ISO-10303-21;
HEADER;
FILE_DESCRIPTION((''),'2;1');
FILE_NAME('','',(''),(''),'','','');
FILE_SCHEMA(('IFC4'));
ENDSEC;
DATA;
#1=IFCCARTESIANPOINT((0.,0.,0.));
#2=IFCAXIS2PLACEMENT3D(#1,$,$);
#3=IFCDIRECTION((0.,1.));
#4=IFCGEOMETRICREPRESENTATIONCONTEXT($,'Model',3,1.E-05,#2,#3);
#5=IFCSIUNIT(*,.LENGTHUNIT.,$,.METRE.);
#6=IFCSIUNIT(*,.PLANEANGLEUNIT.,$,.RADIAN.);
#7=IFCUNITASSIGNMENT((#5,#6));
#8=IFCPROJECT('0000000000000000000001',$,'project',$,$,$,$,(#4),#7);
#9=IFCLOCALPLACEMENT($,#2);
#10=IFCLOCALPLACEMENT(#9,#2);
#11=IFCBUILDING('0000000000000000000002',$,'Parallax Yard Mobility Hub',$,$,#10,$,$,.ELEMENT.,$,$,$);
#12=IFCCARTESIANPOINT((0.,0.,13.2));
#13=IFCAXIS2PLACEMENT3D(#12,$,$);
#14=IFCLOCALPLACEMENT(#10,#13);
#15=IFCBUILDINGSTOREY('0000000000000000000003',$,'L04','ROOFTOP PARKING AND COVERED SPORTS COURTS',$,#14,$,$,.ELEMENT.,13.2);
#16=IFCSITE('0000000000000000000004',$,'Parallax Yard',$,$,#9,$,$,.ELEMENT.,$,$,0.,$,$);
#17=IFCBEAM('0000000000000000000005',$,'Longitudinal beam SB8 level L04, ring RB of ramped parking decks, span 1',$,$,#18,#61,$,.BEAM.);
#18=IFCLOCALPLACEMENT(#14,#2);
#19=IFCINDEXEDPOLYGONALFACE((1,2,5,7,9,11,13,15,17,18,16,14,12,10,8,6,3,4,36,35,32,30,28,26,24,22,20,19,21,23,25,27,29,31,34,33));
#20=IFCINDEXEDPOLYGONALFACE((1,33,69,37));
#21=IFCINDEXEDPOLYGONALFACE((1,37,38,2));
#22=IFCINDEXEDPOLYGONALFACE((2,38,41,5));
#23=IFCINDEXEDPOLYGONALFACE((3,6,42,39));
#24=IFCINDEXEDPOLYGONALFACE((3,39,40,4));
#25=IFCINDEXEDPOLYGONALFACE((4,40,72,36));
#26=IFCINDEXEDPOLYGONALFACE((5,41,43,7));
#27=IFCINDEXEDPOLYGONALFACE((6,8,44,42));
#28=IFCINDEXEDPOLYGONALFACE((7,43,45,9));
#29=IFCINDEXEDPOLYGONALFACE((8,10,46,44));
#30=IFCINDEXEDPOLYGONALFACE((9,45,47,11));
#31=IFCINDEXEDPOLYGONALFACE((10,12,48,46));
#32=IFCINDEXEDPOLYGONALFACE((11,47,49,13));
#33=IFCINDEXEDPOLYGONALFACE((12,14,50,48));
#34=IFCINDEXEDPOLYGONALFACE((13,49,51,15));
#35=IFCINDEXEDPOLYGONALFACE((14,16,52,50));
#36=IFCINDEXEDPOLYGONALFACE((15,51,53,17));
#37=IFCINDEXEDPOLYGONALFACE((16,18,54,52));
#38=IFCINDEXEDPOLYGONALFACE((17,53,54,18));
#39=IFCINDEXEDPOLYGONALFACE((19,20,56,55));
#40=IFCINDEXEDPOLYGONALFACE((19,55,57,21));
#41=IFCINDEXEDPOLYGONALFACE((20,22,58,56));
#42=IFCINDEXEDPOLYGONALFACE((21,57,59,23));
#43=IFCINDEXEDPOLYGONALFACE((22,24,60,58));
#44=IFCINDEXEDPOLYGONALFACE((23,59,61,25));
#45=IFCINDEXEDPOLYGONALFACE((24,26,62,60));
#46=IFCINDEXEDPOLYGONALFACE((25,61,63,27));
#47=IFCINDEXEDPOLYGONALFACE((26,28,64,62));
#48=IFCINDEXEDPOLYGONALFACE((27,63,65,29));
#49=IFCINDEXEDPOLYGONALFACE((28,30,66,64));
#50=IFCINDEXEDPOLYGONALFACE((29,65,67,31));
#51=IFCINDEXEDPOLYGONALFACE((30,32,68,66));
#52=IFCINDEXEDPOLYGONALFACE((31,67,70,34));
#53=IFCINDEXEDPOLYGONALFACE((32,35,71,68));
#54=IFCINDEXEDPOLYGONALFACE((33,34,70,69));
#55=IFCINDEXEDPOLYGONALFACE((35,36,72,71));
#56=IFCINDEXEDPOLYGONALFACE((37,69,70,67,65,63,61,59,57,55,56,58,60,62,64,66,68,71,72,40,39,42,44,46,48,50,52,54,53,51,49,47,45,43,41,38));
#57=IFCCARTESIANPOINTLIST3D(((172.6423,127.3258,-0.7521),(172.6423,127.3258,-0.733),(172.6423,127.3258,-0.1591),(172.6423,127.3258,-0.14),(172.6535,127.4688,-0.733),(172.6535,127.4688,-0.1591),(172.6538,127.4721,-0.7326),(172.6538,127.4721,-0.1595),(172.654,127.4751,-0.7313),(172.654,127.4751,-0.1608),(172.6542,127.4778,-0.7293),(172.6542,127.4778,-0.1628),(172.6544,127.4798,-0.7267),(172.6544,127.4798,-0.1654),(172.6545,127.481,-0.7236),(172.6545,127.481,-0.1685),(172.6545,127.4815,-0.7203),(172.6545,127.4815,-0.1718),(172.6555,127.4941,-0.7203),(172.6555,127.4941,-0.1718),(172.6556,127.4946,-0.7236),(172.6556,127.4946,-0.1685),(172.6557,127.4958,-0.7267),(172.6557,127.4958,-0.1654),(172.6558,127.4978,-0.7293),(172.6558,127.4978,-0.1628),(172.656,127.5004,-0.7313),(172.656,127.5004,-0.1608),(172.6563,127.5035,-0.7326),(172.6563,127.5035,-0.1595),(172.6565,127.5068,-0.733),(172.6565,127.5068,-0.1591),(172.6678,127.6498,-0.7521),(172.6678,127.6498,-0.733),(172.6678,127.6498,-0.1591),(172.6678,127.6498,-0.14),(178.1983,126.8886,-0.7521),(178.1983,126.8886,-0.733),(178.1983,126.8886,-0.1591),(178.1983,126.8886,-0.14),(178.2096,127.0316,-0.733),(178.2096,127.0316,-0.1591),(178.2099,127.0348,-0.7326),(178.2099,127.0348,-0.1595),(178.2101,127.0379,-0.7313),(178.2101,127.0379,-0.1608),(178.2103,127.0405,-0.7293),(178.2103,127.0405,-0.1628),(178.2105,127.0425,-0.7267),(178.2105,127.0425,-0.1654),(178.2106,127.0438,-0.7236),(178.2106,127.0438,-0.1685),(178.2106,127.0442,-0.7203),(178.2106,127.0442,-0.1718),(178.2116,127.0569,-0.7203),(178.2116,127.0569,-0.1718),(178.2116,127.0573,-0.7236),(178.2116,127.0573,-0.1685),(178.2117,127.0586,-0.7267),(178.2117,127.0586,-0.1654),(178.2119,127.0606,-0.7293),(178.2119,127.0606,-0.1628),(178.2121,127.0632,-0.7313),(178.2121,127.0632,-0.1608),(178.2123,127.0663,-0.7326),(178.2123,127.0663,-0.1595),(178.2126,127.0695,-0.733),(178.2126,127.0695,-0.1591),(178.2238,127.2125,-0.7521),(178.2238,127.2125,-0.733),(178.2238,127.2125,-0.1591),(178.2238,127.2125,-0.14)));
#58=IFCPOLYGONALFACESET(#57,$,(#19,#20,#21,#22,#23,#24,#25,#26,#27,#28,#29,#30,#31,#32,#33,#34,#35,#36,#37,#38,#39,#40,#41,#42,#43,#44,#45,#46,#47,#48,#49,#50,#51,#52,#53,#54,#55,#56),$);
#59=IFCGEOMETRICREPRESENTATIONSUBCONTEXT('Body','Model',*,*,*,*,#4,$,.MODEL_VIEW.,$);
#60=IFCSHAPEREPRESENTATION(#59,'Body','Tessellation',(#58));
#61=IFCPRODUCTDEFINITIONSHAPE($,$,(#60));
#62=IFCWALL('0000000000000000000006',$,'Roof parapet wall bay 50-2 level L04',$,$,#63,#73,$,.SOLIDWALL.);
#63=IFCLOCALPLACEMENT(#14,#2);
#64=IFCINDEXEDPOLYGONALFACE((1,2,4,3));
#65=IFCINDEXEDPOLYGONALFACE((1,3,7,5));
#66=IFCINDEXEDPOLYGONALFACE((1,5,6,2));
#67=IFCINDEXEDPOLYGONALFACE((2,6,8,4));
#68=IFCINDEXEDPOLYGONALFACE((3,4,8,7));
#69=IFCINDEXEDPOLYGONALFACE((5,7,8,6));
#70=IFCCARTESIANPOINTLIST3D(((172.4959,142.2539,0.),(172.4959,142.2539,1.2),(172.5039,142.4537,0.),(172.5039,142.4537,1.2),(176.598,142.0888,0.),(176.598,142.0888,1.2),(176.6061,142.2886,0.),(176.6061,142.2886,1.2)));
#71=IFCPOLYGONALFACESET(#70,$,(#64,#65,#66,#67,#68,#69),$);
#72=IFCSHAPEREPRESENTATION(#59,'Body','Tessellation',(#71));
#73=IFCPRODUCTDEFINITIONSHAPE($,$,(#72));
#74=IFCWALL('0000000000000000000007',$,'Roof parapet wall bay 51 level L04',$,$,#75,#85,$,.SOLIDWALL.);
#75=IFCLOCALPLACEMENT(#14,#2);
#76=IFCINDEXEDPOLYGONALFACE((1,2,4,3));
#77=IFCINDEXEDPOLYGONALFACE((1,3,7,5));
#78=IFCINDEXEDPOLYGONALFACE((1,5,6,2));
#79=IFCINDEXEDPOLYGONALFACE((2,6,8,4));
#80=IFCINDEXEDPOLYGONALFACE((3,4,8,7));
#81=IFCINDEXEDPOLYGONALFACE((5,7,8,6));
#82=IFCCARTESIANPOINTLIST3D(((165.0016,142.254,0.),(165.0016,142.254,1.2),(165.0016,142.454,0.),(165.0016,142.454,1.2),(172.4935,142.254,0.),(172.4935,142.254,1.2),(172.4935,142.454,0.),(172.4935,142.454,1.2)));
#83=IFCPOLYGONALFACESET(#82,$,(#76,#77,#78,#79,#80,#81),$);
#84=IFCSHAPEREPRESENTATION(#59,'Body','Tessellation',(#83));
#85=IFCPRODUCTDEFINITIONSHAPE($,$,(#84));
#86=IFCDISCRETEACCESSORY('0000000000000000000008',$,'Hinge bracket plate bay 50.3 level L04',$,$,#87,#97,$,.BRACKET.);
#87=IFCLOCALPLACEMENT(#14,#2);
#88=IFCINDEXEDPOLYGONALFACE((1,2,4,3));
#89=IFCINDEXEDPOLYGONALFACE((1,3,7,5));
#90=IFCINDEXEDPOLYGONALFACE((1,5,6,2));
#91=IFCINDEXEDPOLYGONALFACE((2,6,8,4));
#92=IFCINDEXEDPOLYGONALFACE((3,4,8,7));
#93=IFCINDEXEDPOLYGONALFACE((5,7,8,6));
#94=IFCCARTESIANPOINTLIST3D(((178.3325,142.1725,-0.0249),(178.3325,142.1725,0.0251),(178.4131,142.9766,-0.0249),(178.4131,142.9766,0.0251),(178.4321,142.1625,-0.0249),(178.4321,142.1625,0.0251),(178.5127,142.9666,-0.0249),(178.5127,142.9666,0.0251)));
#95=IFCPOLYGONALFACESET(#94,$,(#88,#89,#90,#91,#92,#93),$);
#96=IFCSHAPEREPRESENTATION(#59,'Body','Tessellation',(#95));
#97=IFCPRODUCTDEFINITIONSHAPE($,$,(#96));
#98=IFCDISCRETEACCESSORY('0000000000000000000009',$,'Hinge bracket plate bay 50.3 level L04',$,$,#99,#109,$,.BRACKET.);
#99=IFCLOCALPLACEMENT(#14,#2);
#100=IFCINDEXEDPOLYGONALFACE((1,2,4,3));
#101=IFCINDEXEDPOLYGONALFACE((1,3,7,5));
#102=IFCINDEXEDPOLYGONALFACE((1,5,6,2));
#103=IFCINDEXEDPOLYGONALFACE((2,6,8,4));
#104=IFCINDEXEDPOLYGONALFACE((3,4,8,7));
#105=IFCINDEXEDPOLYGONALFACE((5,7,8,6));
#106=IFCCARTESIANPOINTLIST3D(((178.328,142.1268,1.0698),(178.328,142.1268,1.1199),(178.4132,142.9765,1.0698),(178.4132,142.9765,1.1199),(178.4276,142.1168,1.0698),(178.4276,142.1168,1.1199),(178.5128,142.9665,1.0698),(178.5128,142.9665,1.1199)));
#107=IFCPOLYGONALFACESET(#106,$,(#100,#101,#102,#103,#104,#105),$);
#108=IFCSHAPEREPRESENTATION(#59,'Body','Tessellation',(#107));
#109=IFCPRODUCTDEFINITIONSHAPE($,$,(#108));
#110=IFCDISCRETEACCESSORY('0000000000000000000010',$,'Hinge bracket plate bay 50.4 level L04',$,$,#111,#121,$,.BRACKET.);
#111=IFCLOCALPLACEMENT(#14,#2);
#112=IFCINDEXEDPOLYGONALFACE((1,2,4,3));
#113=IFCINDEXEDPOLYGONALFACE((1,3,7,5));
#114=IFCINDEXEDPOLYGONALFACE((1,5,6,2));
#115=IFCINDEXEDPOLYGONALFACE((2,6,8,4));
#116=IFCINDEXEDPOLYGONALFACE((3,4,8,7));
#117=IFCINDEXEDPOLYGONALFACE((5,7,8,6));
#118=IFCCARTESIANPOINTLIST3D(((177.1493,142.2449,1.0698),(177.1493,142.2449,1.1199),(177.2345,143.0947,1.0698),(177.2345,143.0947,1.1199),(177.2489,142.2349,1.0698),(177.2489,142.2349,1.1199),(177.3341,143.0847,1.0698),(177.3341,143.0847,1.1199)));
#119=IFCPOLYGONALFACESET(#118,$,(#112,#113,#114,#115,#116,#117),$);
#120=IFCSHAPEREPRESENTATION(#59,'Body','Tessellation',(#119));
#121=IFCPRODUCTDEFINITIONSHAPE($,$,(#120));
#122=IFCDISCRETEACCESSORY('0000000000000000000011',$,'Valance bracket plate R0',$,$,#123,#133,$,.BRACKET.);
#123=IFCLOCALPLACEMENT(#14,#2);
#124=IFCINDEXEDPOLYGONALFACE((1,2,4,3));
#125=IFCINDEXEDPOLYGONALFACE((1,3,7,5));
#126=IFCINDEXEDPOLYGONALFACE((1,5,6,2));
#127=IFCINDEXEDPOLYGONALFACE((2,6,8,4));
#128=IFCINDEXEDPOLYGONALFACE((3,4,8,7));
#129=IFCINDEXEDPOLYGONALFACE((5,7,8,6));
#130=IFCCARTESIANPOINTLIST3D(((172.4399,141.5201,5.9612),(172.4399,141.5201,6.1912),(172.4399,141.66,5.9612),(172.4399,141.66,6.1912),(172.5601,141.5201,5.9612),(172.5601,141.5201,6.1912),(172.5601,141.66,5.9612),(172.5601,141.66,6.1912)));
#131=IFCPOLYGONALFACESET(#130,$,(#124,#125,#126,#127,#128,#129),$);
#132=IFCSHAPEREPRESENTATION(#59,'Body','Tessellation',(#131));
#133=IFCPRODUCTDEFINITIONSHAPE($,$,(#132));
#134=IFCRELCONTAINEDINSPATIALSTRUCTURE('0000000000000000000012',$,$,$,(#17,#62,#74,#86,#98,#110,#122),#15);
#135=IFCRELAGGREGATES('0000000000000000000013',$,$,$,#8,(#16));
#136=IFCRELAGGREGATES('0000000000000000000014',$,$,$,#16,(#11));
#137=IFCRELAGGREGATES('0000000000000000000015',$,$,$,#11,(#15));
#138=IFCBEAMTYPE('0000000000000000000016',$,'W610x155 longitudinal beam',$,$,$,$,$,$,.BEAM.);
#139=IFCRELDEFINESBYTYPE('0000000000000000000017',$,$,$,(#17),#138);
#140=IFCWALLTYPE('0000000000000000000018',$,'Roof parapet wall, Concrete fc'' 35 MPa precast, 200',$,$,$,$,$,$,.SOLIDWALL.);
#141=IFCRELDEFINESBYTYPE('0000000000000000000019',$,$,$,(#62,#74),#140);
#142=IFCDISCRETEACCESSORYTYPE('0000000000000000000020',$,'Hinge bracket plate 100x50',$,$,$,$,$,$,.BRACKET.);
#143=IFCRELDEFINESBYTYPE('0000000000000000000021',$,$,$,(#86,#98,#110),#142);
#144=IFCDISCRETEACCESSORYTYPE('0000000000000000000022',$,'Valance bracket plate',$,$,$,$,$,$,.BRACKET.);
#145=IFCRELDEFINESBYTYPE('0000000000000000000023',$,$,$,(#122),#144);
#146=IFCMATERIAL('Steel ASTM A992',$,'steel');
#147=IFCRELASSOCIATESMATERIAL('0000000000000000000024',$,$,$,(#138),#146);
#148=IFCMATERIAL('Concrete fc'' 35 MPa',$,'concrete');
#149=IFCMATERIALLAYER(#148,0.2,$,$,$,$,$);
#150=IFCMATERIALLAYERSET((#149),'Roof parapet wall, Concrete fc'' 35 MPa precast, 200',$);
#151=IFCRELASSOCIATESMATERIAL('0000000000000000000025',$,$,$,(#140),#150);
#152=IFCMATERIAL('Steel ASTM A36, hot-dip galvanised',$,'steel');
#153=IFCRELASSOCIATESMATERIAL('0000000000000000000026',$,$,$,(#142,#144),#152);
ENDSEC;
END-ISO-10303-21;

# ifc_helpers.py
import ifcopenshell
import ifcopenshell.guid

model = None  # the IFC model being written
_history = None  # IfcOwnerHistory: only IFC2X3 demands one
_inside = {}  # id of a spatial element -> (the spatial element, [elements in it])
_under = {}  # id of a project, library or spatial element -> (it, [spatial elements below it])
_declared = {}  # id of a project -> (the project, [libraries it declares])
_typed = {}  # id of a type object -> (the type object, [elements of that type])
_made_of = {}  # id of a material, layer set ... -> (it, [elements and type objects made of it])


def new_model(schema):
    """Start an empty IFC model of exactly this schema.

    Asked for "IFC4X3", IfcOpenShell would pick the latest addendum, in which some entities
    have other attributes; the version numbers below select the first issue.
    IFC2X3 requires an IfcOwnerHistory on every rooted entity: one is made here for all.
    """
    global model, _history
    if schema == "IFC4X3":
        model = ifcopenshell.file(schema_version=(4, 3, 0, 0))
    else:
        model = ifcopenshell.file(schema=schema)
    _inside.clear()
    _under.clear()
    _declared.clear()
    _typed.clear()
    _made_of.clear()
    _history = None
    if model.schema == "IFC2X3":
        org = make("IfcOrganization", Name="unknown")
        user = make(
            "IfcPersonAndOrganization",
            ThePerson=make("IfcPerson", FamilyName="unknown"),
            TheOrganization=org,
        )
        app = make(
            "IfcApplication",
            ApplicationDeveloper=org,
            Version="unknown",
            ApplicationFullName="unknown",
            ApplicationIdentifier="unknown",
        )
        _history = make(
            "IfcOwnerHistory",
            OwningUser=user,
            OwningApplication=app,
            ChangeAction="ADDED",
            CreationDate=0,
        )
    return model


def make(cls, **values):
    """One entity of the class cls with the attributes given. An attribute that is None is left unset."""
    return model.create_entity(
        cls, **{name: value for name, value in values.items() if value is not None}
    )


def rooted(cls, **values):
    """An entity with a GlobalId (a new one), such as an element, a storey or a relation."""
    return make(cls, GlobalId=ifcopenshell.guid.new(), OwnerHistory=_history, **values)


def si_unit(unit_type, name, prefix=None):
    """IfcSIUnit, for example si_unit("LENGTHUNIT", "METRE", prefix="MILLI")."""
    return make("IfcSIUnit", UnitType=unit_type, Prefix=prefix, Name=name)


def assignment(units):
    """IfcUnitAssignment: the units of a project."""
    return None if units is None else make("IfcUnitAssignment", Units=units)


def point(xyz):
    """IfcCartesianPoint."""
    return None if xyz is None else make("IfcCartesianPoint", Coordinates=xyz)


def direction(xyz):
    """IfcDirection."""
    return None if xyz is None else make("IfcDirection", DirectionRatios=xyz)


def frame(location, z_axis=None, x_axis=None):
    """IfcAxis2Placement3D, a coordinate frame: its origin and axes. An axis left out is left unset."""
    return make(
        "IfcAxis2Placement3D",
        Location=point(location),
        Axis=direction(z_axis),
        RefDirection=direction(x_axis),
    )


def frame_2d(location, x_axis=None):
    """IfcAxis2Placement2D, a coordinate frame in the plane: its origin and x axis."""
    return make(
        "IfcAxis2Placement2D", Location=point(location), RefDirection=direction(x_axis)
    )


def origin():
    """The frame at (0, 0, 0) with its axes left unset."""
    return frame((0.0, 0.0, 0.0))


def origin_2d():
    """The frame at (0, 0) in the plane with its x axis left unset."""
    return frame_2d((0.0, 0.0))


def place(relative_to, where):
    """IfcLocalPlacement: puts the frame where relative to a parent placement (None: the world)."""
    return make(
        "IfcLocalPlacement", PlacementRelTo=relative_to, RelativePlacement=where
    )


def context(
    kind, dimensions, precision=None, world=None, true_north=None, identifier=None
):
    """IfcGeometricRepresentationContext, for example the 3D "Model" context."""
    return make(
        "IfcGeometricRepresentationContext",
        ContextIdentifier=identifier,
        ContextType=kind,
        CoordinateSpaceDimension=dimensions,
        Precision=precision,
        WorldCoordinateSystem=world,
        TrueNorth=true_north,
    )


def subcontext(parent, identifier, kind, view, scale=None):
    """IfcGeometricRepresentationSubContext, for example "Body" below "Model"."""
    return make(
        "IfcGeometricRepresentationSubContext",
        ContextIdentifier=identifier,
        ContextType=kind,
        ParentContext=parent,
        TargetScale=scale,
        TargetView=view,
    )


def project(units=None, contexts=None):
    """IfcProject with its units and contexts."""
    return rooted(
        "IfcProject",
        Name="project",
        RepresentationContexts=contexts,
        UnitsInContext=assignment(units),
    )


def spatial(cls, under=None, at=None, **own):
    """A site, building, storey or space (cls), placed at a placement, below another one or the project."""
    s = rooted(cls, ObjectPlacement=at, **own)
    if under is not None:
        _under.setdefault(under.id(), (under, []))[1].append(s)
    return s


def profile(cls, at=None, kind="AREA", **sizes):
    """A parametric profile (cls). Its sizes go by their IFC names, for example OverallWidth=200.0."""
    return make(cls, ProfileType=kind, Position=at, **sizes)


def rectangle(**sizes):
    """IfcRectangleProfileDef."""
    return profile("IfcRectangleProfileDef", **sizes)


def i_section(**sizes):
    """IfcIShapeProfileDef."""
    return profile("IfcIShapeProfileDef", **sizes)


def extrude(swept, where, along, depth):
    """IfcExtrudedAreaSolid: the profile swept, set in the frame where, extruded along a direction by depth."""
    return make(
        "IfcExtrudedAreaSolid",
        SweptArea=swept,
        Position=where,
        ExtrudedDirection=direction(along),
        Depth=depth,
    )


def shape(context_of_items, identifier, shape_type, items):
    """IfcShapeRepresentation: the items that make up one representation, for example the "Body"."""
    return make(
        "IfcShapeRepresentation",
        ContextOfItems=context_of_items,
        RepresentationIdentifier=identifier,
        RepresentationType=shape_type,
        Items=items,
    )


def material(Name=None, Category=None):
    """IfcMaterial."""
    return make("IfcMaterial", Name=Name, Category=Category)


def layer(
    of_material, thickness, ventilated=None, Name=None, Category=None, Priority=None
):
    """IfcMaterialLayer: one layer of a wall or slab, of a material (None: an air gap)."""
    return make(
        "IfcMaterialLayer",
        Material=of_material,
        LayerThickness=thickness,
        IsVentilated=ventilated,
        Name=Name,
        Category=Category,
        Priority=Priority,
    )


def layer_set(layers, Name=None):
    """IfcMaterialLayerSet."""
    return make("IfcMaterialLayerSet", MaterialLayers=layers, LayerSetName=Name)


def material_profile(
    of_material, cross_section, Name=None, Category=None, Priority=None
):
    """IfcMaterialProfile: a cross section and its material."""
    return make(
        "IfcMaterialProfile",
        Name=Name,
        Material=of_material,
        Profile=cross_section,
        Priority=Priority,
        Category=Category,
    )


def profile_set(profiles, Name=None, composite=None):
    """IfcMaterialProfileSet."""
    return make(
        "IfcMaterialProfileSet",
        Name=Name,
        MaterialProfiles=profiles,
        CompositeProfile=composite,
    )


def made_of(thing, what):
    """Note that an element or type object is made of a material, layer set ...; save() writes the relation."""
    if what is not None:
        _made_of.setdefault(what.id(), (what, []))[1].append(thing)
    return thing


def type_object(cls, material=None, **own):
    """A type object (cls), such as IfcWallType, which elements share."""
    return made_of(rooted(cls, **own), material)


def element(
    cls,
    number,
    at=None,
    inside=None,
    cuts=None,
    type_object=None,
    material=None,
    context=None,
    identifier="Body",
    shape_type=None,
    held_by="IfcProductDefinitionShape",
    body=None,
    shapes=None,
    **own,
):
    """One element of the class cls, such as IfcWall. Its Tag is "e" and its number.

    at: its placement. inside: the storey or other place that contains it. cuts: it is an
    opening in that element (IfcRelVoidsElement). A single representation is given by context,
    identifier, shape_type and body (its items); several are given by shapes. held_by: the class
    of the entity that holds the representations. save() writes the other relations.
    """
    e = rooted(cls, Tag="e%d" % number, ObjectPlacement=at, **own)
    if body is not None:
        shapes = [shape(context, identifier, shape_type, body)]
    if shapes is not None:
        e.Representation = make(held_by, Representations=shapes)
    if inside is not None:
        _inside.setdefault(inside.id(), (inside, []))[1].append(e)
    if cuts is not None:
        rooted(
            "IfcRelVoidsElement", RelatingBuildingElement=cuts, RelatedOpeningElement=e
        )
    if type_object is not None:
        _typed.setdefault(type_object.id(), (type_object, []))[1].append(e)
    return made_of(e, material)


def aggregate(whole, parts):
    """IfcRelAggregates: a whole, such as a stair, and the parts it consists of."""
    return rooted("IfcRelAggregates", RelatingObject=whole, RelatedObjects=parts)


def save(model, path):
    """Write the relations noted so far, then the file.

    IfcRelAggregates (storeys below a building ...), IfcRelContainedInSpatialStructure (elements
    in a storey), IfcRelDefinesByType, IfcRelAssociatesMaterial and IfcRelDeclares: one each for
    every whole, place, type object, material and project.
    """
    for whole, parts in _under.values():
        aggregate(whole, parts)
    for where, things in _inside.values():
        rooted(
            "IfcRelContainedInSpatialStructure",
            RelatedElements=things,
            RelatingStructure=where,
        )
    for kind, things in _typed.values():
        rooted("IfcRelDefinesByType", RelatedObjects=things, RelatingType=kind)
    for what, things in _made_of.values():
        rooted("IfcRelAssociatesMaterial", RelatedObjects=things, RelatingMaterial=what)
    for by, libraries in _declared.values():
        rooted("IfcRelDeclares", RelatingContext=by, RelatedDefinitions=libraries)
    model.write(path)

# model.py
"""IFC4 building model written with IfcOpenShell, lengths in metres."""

from ifc_helpers import new_model, si_unit, direction, frame, frame_2d, origin, origin_2d, place, context, subcontext, project, spatial, rectangle, i_section, extrude, material, layer, layer_set, material_profile, profile_set, type_object, element, save


model = new_model("IFC4")

# Units and contexts
model_context = context("Model", 3, precision=1e-05, world=origin(), true_north=direction((0.0, 1.0)))
body_context = subcontext(model_context, "Body", "Model", "MODEL_VIEW")
ifc_project = project(units=[si_unit("LENGTHUNIT", "METRE"), si_unit("PLANEANGLEUNIT", "RADIAN")], contexts=[model_context])

# Site, building, storey
site_placement = place(None, origin())
site = spatial("IfcSite", under=ifc_project, at=site_placement, Name="Parallax Yard", CompositionType="ELEMENT", RefElevation=0.0)
building_placement = place(site_placement, origin())
building = spatial("IfcBuilding", under=site, at=building_placement, Name="Parallax Yard Mobility Hub", CompositionType="ELEMENT")
storey_placement = place(building_placement, frame((0.0, 0.0, 13.2)))
storey = spatial("IfcBuildingStorey", under=building, at=storey_placement, Name="L04", Description="ROOFTOP PARKING AND COVERED SPORTS COURTS", CompositionType="ELEMENT", Elevation=13.2)

# Shared definitions
ifc_material_1 = material(Name="Steel ASTM A992", Category="steel")

# Beam
ifc_material_profile_1 = material_profile(ifc_material_1, i_section(OverallWidth=0.325, OverallDepth=0.6121, WebThickness=0.0127, FlangeThickness=0.019, FilletRadius=0.0127, at=origin_2d()), Name="W610x155")
ifc_profile_set_1 = profile_set([ifc_material_profile_1], Name="Steel ASTM A992")
beam_type_1 = type_object("IfcBeamType", Name="W610x155 longitudinal beam", PredefinedType="BEAM", material=ifc_profile_set_1)
beam_1_placement = place(storey_placement, frame((172.655, 127.4878, -0.446), z_axis=(0.996918, -0.078455, 0.0), x_axis=(0.078455, 0.996918, 0.0)))
element("IfcBeam", 1, at=beam_1_placement, inside=storey, type_object=beam_type_1, Name="Longitudinal beam SB8 level L04, ring RB of ramped parking decks, span 1", PredefinedType="BEAM", context=body_context, shape_type="SweptSolid", body=[
    extrude(i_section(OverallWidth=0.325, OverallDepth=0.6121, WebThickness=0.0127, FlangeThickness=0.019, FilletRadius=0.0127, at=origin_2d()), origin(), (0.0, 0.0, 1.0), 5.5732),
])

# Walls
ifc_material_2 = material(Name="Concrete fc' 35 MPa", Category="concrete")
ifc_layer = layer(ifc_material_2, 0.2)
ifc_layer_set = layer_set([ifc_layer], Name="Roof parapet wall, Concrete fc' 35 MPa precast, 200")
wall_type = type_object("IfcWallType", Name="Roof parapet wall, Concrete fc' 35 MPa precast, 200", PredefinedType="SOLIDWALL", material=ifc_layer_set)
wall_1_placement = place(storey_placement, frame((176.6021, 142.1887, 0.0), z_axis=(0.0, 0.0, 1.0), x_axis=(-0.999192, 0.040201, 0.0)))
element("IfcWall", 2, at=wall_1_placement, inside=storey, type_object=wall_type, Name="Roof parapet wall bay 50-2 level L04", PredefinedType="SOLIDWALL", context=body_context, shape_type="SweptSolid", body=[
    extrude(rectangle(XDim=4.1055, YDim=0.2, at=frame_2d((2.0527, 0.0))), origin(), (0.0, 0.0, 1.0), 1.2),
])
wall_2_placement = place(storey_placement, frame((172.4937, 142.354, 0.0), z_axis=(0.0, 0.0, 1.0), x_axis=(-1.0, 0.0, 0.0)))
element("IfcWall", 3, at=wall_2_placement, inside=storey, type_object=wall_type, Name="Roof parapet wall bay 51 level L04", PredefinedType="SOLIDWALL", context=body_context, shape_type="SweptSolid", body=[
    extrude(rectangle(XDim=7.4919, YDim=0.2, at=frame_2d((3.7461, 0.0))), origin(), (0.0, 0.0, 1.0), 1.2),
])

# Discrete accessories
ifc_material_3 = material(Name="Steel ASTM A36, hot-dip galvanised", Category="steel")
discrete_accessory_type_1 = type_object("IfcDiscreteAccessoryType", Name="Hinge bracket plate 100x50", PredefinedType="BRACKET", material=ifc_material_3)
discrete_accessory_1_placement = place(storey_placement, frame((178.4226, 142.5696, -0.0249), z_axis=(0.0, 0.0, 1.0), x_axis=(0.099794, 0.995008, 0.0)))
element("IfcDiscreteAccessory", 4, at=discrete_accessory_1_placement, inside=storey, type_object=discrete_accessory_type_1, Name="Hinge bracket plate bay 50.3 level L04", PredefinedType="BRACKET", context=body_context, shape_type="SweptSolid", body=[
    extrude(rectangle(XDim=0.8081, YDim=0.1001, at=origin_2d()), origin(), (0.0, 0.0, 1.0), 0.05),
])
for number, where, z_axis, x_axis, name in (
    (5, (178.4204, 142.5466, 1.0698), (0.0, 0.0, 1.0), (0.099794, 0.995008, 0.0), "Hinge bracket plate bay 50.3 level L04"),
    (6, (177.2417, 142.6648, 1.0698), (0.0, 0.0, 1.0), (0.099794, 0.995008, 0.0), "Hinge bracket plate bay 50.4 level L04"),
):
    element("IfcDiscreteAccessory", number, at=place(storey_placement, frame(where, z_axis=z_axis, x_axis=x_axis)), inside=storey, type_object=discrete_accessory_type_1, Name=name, PredefinedType="BRACKET", context=body_context, shape_type="SweptSolid", body=[
        extrude(rectangle(XDim=0.854, YDim=0.1001, at=origin_2d()), origin(), (0.0, 0.0, 1.0), 0.05),
    ])
discrete_accessory_type_2 = type_object("IfcDiscreteAccessoryType", Name="Valance bracket plate", PredefinedType="BRACKET", material=ifc_material_3)
discrete_accessory_2_placement = place(storey_placement, frame((172.5, 141.5901, 5.9612), z_axis=(0.0, 0.0, 1.0), x_axis=(0.0, 1.0, 0.0)))
element("IfcDiscreteAccessory", 7, at=discrete_accessory_2_placement, inside=storey, type_object=discrete_accessory_type_2, Name="Valance bracket plate R0", PredefinedType="BRACKET", context=body_context, shape_type="SweptSolid", body=[
    extrude(rectangle(XDim=0.1399, YDim=0.1201, at=origin_2d()), origin(), (0.0, 0.0, 1.0), 0.23),
])

save(model, "model.ifc")
